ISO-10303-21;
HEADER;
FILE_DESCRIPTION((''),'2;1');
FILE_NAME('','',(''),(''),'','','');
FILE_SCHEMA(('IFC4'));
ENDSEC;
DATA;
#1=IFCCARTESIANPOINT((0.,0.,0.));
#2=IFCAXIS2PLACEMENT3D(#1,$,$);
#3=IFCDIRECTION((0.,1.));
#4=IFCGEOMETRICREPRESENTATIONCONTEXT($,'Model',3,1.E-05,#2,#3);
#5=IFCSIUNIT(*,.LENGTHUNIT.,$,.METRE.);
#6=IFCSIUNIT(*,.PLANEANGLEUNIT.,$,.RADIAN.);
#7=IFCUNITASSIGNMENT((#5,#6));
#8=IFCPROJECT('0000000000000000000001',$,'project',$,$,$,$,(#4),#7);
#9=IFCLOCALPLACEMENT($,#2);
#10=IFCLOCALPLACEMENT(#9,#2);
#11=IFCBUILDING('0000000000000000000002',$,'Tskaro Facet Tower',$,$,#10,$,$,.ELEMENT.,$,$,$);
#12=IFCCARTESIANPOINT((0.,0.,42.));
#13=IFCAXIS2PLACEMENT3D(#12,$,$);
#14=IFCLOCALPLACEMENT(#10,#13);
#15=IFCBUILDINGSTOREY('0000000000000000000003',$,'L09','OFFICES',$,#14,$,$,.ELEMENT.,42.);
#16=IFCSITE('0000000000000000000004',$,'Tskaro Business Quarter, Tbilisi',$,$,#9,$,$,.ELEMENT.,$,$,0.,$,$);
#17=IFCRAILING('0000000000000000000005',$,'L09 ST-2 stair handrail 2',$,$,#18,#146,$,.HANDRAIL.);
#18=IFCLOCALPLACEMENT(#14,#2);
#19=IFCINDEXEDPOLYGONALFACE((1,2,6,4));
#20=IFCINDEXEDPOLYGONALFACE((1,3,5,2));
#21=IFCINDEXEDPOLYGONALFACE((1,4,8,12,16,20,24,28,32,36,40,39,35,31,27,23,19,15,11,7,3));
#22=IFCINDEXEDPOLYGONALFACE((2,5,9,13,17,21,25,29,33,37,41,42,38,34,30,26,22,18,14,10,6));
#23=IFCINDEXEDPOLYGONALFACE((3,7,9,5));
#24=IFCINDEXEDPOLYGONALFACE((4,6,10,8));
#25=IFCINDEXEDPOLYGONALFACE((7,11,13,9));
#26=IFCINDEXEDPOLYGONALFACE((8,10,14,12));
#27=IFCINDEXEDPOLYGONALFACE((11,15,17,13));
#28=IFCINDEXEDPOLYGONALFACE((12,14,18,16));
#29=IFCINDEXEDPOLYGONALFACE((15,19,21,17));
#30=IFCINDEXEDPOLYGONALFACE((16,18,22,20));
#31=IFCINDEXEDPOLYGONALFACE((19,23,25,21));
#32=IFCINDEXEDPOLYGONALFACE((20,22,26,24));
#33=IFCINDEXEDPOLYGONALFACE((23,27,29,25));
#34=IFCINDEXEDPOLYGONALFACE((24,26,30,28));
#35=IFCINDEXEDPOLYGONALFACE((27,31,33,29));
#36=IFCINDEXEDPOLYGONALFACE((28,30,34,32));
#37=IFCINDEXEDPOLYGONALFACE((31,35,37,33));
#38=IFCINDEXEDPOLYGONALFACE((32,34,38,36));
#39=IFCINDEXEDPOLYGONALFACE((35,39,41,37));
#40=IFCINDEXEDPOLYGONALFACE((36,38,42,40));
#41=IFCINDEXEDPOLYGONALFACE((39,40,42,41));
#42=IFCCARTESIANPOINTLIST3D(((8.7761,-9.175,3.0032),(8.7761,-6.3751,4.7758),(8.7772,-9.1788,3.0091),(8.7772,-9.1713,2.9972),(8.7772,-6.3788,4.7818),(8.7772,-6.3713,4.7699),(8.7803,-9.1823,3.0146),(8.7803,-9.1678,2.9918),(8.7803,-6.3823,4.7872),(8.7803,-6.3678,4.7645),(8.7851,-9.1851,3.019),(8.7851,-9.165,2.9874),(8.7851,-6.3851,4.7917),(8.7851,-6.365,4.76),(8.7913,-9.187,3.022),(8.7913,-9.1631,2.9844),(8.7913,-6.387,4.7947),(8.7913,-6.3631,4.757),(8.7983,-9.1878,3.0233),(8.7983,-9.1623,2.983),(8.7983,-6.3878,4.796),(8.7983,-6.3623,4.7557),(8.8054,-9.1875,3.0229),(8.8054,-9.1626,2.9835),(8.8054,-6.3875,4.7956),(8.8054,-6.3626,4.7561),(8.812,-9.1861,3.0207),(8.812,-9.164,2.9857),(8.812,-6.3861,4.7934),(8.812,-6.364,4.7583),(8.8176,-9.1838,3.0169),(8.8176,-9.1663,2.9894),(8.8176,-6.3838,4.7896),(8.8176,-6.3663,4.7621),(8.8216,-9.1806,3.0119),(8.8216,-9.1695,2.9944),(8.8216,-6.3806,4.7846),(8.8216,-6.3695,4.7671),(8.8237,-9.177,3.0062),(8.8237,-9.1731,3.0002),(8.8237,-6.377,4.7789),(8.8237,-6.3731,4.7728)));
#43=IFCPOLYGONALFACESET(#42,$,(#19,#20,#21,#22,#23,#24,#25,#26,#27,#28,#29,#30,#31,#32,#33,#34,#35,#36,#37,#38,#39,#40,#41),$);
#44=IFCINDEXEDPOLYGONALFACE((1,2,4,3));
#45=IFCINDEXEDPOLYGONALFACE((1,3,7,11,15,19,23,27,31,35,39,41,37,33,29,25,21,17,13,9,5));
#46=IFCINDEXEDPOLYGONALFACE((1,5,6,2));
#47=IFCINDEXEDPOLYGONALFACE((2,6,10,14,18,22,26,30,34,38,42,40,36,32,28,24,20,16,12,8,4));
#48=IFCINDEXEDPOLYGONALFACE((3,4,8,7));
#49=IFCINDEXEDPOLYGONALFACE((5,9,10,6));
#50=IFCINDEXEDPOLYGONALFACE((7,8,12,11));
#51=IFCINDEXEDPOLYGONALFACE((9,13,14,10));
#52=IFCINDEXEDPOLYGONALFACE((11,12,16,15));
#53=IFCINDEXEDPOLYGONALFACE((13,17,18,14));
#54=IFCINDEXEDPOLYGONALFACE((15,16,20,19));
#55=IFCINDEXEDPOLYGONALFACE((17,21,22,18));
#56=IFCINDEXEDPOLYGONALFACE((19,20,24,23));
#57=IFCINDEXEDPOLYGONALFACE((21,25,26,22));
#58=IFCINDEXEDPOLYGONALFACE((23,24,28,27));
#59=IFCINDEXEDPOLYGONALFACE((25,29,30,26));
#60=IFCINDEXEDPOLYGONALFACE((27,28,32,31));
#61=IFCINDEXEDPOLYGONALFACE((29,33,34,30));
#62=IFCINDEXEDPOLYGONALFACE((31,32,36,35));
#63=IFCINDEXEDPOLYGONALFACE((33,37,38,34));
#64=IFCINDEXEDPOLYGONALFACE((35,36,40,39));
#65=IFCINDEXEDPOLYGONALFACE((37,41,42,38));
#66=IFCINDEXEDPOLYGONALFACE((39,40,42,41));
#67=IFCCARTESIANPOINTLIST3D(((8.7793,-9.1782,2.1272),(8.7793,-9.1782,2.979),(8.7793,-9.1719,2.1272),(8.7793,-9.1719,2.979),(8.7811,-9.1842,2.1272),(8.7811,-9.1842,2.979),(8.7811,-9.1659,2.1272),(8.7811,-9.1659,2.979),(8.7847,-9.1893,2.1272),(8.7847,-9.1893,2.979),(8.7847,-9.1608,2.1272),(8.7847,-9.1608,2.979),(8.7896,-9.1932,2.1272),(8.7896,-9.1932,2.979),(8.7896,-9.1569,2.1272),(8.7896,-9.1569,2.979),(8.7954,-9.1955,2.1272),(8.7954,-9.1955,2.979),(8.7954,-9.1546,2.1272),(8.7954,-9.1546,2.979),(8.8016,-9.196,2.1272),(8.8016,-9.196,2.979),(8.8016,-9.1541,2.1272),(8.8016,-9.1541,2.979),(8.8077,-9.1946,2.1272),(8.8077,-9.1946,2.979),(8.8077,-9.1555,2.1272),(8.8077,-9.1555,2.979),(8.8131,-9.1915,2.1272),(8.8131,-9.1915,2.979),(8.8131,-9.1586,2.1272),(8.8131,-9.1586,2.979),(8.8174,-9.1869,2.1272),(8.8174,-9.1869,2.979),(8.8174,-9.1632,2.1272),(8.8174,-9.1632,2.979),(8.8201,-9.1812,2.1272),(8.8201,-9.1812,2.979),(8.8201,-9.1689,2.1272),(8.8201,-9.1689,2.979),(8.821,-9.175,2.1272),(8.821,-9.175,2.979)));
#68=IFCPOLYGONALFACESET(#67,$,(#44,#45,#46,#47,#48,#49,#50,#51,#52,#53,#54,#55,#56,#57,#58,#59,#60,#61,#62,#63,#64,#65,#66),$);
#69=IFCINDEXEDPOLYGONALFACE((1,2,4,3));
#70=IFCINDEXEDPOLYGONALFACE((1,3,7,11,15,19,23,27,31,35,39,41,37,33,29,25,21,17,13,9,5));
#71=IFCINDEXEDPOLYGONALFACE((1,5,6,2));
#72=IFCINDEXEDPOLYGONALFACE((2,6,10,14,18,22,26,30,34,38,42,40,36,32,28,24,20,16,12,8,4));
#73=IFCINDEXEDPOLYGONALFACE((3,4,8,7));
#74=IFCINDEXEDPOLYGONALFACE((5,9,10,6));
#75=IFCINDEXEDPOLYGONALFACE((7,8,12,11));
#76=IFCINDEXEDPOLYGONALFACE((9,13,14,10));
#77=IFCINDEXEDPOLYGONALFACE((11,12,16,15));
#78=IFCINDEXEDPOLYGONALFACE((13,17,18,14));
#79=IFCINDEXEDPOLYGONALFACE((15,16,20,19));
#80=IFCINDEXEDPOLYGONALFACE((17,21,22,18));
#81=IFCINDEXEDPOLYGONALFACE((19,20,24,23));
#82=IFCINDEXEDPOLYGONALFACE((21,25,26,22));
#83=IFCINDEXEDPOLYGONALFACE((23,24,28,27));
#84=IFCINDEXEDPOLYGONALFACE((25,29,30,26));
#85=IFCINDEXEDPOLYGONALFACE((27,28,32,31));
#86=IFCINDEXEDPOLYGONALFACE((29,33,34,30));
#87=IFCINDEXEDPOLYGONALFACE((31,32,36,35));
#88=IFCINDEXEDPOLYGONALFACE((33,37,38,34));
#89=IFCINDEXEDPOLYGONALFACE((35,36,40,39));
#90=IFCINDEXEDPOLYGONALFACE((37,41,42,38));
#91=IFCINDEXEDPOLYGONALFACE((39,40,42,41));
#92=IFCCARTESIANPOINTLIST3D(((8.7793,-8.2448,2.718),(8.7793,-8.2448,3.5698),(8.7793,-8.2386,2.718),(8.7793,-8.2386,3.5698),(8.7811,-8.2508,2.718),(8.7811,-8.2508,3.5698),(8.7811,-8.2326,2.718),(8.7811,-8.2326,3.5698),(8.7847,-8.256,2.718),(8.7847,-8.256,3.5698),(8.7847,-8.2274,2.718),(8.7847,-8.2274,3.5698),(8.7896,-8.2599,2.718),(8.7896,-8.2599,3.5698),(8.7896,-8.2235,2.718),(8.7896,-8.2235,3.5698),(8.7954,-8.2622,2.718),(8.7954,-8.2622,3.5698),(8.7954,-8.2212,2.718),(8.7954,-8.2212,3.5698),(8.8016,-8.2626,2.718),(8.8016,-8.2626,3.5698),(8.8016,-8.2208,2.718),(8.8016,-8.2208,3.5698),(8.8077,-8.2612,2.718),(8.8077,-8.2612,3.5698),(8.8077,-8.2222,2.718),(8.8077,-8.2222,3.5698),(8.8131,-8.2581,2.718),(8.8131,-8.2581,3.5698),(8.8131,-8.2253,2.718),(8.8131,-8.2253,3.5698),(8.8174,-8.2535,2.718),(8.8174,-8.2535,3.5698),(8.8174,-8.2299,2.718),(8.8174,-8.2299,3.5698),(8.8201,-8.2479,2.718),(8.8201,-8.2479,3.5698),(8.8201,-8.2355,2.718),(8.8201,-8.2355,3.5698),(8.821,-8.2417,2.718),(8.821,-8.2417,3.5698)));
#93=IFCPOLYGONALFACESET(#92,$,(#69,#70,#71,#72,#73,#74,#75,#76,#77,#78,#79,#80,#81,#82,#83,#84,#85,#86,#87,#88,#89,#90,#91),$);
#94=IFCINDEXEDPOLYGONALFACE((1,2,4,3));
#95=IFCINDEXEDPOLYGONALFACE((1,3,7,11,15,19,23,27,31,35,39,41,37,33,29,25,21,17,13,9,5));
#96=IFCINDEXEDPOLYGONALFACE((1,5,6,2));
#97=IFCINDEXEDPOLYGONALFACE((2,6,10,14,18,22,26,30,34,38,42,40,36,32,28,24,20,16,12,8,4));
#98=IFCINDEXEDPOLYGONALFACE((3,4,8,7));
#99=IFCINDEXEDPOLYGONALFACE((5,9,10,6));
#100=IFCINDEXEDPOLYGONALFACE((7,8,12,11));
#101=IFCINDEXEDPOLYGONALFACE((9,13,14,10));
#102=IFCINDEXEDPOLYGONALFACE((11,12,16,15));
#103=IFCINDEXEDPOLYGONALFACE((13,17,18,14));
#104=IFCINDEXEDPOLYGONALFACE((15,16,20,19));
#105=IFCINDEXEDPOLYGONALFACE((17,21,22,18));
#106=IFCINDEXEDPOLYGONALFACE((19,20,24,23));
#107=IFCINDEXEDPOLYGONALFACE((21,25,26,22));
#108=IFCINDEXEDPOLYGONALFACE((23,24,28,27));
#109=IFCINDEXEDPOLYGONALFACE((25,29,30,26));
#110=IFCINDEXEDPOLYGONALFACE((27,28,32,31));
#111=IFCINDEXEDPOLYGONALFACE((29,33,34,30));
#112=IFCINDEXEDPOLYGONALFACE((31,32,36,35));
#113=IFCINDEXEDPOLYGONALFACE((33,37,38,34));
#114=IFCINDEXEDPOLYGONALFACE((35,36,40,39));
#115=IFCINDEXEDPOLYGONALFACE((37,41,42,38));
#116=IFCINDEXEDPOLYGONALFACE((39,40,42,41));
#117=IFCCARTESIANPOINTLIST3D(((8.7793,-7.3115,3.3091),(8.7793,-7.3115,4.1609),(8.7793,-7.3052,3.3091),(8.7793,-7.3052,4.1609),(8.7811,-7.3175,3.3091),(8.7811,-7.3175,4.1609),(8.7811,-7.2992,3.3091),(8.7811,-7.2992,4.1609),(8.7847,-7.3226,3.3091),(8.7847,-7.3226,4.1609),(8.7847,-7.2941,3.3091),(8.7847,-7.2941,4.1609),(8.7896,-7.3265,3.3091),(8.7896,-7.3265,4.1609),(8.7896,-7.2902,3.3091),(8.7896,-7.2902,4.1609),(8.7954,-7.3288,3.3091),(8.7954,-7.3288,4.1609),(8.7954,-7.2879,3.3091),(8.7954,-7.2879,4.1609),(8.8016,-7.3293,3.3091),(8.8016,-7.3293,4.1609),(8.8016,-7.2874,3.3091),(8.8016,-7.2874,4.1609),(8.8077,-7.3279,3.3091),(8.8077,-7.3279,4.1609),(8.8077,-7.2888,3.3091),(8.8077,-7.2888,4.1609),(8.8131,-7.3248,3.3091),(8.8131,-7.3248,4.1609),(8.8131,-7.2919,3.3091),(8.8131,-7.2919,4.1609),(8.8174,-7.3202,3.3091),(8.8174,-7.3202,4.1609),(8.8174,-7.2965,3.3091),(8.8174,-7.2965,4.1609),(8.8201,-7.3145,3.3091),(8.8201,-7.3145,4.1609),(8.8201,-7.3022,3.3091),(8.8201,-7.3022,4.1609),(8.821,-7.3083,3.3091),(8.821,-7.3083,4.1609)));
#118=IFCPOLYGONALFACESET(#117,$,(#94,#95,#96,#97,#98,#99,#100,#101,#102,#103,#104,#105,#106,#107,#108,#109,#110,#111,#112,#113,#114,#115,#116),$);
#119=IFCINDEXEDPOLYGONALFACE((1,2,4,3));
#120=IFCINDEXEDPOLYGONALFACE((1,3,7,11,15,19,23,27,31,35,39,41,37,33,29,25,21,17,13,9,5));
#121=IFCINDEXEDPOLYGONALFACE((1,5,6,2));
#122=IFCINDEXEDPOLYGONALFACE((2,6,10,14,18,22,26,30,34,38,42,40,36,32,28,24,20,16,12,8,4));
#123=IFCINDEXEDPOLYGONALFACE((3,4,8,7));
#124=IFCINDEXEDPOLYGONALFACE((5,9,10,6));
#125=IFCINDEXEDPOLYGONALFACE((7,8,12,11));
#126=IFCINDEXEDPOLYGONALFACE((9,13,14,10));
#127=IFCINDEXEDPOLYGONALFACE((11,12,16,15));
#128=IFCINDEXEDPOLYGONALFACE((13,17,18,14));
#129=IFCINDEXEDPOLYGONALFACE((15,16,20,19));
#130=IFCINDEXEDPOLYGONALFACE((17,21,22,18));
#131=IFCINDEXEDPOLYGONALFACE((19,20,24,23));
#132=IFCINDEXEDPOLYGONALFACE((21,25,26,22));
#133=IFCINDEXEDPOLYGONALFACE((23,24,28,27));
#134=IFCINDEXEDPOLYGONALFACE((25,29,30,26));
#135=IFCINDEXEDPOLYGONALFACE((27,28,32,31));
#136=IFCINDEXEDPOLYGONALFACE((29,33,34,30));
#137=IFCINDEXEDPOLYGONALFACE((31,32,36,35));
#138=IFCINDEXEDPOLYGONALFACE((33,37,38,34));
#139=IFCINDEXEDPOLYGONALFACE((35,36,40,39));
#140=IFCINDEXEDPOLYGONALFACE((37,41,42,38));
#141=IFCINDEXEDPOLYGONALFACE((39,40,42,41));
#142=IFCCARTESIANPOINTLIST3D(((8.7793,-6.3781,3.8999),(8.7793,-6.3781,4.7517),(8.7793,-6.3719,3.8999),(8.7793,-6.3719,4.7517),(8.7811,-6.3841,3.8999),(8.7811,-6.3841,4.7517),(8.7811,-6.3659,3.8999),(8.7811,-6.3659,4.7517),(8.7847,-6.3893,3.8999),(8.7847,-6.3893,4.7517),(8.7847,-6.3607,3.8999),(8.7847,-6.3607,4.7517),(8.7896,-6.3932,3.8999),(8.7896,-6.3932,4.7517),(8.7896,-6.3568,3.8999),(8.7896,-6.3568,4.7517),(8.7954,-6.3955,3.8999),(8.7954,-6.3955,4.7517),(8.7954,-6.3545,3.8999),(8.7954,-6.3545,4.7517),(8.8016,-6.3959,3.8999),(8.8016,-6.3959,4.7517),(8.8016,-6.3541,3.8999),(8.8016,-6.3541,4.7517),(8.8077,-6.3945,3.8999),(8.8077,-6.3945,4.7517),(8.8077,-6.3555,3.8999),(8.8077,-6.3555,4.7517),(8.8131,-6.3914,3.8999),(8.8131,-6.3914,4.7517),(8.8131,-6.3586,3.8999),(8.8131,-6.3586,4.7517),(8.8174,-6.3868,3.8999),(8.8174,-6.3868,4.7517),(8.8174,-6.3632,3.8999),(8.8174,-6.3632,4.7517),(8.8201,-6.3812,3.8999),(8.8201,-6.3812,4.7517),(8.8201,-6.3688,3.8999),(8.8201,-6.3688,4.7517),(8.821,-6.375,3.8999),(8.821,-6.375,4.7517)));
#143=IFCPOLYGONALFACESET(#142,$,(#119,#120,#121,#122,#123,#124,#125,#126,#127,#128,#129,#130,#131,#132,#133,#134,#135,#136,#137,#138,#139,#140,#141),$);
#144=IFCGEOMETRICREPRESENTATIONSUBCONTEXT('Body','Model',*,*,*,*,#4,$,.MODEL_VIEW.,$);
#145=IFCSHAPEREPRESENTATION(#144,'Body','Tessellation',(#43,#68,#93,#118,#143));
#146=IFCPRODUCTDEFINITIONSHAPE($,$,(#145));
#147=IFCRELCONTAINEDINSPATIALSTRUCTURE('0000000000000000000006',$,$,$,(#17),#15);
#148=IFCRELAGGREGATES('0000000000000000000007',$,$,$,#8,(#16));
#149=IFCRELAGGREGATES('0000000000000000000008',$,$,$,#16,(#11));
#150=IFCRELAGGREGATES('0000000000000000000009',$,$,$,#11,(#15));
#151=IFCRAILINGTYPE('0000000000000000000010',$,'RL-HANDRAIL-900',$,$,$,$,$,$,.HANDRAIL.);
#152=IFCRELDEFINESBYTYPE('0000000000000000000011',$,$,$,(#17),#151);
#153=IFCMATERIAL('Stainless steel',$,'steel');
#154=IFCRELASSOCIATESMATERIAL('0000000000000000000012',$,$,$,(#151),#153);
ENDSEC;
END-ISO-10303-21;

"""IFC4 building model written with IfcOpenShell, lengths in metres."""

from ifc_helpers import new_model, si_unit, direction, frame, origin, origin_2d, place, context, subcontext, project, spatial, circle, extrude, material, type_object, element, save


model = new_model("IFC4")

# Units and contexts
model_context = context("Model", 3, precision=1e-05, world=origin(), true_north=direction((0.0, 1.0)))
body_context = subcontext(model_context, "Body", "Model", "MODEL_VIEW")
ifc_project = project(units=[si_unit("LENGTHUNIT", "METRE"), si_unit("PLANEANGLEUNIT", "RADIAN")], contexts=[model_context])

# Site, building, storey
site_placement = place(None, origin())
site = spatial("IfcSite", under=ifc_project, at=site_placement, Name="Tskaro Business Quarter, Tbilisi", CompositionType="ELEMENT", RefElevation=0.0)
building_placement = place(site_placement, origin())
building = spatial("IfcBuilding", under=site, at=building_placement, Name="Tskaro Facet Tower", CompositionType="ELEMENT")
storey_placement = place(building_placement, frame((0.0, 0.0, 42.0)))
storey = spatial("IfcBuildingStorey", under=building, at=storey_placement, Name="L09", Description="OFFICES", CompositionType="ELEMENT", Elevation=42.0)

# Railing
ifc_material_1 = material(Name="Stainless steel", Category="steel")
railing_type_1 = type_object("IfcRailingType", Name="RL-HANDRAIL-900", PredefinedType="HANDRAIL", material=ifc_material_1)
railing_1_placement = place(storey_placement, frame((8.8, -9.175, 2.1272)))
element("IfcRailing", 1, at=railing_1_placement, inside=storey, type_object=railing_type_1, Name="L09 ST-2 stair handrail 2", PredefinedType="HANDRAIL", context=body_context, shape_type="SweptSolid", body=[
    extrude(circle(Radius=0.0239, at=origin_2d()), frame((0.0, 0.0, 0.876), z_axis=(0.0, 0.844909, 0.53491), x_axis=(-1.0, 0.0, 0.0)), (0.0, 0.0, 1.0), 3.314),
    extrude(circle(Radius=0.021, at=origin_2d()), origin(), (0.0, 0.0, 1.0), 0.8518),
    extrude(circle(Radius=0.021, at=origin_2d()), frame((0.0, 0.9333, 0.5908)), (0.0, 0.0, 1.0), 0.8518),
    extrude(circle(Radius=0.021, at=origin_2d()), frame((0.0, 1.8667, 1.1819)), (0.0, 0.0, 1.0), 0.8518),
    extrude(circle(Radius=0.021, at=origin_2d()), frame((0.0, 2.8, 1.7727)), (0.0, 0.0, 1.0), 0.8518),
])

save(model, "model.ifc")
